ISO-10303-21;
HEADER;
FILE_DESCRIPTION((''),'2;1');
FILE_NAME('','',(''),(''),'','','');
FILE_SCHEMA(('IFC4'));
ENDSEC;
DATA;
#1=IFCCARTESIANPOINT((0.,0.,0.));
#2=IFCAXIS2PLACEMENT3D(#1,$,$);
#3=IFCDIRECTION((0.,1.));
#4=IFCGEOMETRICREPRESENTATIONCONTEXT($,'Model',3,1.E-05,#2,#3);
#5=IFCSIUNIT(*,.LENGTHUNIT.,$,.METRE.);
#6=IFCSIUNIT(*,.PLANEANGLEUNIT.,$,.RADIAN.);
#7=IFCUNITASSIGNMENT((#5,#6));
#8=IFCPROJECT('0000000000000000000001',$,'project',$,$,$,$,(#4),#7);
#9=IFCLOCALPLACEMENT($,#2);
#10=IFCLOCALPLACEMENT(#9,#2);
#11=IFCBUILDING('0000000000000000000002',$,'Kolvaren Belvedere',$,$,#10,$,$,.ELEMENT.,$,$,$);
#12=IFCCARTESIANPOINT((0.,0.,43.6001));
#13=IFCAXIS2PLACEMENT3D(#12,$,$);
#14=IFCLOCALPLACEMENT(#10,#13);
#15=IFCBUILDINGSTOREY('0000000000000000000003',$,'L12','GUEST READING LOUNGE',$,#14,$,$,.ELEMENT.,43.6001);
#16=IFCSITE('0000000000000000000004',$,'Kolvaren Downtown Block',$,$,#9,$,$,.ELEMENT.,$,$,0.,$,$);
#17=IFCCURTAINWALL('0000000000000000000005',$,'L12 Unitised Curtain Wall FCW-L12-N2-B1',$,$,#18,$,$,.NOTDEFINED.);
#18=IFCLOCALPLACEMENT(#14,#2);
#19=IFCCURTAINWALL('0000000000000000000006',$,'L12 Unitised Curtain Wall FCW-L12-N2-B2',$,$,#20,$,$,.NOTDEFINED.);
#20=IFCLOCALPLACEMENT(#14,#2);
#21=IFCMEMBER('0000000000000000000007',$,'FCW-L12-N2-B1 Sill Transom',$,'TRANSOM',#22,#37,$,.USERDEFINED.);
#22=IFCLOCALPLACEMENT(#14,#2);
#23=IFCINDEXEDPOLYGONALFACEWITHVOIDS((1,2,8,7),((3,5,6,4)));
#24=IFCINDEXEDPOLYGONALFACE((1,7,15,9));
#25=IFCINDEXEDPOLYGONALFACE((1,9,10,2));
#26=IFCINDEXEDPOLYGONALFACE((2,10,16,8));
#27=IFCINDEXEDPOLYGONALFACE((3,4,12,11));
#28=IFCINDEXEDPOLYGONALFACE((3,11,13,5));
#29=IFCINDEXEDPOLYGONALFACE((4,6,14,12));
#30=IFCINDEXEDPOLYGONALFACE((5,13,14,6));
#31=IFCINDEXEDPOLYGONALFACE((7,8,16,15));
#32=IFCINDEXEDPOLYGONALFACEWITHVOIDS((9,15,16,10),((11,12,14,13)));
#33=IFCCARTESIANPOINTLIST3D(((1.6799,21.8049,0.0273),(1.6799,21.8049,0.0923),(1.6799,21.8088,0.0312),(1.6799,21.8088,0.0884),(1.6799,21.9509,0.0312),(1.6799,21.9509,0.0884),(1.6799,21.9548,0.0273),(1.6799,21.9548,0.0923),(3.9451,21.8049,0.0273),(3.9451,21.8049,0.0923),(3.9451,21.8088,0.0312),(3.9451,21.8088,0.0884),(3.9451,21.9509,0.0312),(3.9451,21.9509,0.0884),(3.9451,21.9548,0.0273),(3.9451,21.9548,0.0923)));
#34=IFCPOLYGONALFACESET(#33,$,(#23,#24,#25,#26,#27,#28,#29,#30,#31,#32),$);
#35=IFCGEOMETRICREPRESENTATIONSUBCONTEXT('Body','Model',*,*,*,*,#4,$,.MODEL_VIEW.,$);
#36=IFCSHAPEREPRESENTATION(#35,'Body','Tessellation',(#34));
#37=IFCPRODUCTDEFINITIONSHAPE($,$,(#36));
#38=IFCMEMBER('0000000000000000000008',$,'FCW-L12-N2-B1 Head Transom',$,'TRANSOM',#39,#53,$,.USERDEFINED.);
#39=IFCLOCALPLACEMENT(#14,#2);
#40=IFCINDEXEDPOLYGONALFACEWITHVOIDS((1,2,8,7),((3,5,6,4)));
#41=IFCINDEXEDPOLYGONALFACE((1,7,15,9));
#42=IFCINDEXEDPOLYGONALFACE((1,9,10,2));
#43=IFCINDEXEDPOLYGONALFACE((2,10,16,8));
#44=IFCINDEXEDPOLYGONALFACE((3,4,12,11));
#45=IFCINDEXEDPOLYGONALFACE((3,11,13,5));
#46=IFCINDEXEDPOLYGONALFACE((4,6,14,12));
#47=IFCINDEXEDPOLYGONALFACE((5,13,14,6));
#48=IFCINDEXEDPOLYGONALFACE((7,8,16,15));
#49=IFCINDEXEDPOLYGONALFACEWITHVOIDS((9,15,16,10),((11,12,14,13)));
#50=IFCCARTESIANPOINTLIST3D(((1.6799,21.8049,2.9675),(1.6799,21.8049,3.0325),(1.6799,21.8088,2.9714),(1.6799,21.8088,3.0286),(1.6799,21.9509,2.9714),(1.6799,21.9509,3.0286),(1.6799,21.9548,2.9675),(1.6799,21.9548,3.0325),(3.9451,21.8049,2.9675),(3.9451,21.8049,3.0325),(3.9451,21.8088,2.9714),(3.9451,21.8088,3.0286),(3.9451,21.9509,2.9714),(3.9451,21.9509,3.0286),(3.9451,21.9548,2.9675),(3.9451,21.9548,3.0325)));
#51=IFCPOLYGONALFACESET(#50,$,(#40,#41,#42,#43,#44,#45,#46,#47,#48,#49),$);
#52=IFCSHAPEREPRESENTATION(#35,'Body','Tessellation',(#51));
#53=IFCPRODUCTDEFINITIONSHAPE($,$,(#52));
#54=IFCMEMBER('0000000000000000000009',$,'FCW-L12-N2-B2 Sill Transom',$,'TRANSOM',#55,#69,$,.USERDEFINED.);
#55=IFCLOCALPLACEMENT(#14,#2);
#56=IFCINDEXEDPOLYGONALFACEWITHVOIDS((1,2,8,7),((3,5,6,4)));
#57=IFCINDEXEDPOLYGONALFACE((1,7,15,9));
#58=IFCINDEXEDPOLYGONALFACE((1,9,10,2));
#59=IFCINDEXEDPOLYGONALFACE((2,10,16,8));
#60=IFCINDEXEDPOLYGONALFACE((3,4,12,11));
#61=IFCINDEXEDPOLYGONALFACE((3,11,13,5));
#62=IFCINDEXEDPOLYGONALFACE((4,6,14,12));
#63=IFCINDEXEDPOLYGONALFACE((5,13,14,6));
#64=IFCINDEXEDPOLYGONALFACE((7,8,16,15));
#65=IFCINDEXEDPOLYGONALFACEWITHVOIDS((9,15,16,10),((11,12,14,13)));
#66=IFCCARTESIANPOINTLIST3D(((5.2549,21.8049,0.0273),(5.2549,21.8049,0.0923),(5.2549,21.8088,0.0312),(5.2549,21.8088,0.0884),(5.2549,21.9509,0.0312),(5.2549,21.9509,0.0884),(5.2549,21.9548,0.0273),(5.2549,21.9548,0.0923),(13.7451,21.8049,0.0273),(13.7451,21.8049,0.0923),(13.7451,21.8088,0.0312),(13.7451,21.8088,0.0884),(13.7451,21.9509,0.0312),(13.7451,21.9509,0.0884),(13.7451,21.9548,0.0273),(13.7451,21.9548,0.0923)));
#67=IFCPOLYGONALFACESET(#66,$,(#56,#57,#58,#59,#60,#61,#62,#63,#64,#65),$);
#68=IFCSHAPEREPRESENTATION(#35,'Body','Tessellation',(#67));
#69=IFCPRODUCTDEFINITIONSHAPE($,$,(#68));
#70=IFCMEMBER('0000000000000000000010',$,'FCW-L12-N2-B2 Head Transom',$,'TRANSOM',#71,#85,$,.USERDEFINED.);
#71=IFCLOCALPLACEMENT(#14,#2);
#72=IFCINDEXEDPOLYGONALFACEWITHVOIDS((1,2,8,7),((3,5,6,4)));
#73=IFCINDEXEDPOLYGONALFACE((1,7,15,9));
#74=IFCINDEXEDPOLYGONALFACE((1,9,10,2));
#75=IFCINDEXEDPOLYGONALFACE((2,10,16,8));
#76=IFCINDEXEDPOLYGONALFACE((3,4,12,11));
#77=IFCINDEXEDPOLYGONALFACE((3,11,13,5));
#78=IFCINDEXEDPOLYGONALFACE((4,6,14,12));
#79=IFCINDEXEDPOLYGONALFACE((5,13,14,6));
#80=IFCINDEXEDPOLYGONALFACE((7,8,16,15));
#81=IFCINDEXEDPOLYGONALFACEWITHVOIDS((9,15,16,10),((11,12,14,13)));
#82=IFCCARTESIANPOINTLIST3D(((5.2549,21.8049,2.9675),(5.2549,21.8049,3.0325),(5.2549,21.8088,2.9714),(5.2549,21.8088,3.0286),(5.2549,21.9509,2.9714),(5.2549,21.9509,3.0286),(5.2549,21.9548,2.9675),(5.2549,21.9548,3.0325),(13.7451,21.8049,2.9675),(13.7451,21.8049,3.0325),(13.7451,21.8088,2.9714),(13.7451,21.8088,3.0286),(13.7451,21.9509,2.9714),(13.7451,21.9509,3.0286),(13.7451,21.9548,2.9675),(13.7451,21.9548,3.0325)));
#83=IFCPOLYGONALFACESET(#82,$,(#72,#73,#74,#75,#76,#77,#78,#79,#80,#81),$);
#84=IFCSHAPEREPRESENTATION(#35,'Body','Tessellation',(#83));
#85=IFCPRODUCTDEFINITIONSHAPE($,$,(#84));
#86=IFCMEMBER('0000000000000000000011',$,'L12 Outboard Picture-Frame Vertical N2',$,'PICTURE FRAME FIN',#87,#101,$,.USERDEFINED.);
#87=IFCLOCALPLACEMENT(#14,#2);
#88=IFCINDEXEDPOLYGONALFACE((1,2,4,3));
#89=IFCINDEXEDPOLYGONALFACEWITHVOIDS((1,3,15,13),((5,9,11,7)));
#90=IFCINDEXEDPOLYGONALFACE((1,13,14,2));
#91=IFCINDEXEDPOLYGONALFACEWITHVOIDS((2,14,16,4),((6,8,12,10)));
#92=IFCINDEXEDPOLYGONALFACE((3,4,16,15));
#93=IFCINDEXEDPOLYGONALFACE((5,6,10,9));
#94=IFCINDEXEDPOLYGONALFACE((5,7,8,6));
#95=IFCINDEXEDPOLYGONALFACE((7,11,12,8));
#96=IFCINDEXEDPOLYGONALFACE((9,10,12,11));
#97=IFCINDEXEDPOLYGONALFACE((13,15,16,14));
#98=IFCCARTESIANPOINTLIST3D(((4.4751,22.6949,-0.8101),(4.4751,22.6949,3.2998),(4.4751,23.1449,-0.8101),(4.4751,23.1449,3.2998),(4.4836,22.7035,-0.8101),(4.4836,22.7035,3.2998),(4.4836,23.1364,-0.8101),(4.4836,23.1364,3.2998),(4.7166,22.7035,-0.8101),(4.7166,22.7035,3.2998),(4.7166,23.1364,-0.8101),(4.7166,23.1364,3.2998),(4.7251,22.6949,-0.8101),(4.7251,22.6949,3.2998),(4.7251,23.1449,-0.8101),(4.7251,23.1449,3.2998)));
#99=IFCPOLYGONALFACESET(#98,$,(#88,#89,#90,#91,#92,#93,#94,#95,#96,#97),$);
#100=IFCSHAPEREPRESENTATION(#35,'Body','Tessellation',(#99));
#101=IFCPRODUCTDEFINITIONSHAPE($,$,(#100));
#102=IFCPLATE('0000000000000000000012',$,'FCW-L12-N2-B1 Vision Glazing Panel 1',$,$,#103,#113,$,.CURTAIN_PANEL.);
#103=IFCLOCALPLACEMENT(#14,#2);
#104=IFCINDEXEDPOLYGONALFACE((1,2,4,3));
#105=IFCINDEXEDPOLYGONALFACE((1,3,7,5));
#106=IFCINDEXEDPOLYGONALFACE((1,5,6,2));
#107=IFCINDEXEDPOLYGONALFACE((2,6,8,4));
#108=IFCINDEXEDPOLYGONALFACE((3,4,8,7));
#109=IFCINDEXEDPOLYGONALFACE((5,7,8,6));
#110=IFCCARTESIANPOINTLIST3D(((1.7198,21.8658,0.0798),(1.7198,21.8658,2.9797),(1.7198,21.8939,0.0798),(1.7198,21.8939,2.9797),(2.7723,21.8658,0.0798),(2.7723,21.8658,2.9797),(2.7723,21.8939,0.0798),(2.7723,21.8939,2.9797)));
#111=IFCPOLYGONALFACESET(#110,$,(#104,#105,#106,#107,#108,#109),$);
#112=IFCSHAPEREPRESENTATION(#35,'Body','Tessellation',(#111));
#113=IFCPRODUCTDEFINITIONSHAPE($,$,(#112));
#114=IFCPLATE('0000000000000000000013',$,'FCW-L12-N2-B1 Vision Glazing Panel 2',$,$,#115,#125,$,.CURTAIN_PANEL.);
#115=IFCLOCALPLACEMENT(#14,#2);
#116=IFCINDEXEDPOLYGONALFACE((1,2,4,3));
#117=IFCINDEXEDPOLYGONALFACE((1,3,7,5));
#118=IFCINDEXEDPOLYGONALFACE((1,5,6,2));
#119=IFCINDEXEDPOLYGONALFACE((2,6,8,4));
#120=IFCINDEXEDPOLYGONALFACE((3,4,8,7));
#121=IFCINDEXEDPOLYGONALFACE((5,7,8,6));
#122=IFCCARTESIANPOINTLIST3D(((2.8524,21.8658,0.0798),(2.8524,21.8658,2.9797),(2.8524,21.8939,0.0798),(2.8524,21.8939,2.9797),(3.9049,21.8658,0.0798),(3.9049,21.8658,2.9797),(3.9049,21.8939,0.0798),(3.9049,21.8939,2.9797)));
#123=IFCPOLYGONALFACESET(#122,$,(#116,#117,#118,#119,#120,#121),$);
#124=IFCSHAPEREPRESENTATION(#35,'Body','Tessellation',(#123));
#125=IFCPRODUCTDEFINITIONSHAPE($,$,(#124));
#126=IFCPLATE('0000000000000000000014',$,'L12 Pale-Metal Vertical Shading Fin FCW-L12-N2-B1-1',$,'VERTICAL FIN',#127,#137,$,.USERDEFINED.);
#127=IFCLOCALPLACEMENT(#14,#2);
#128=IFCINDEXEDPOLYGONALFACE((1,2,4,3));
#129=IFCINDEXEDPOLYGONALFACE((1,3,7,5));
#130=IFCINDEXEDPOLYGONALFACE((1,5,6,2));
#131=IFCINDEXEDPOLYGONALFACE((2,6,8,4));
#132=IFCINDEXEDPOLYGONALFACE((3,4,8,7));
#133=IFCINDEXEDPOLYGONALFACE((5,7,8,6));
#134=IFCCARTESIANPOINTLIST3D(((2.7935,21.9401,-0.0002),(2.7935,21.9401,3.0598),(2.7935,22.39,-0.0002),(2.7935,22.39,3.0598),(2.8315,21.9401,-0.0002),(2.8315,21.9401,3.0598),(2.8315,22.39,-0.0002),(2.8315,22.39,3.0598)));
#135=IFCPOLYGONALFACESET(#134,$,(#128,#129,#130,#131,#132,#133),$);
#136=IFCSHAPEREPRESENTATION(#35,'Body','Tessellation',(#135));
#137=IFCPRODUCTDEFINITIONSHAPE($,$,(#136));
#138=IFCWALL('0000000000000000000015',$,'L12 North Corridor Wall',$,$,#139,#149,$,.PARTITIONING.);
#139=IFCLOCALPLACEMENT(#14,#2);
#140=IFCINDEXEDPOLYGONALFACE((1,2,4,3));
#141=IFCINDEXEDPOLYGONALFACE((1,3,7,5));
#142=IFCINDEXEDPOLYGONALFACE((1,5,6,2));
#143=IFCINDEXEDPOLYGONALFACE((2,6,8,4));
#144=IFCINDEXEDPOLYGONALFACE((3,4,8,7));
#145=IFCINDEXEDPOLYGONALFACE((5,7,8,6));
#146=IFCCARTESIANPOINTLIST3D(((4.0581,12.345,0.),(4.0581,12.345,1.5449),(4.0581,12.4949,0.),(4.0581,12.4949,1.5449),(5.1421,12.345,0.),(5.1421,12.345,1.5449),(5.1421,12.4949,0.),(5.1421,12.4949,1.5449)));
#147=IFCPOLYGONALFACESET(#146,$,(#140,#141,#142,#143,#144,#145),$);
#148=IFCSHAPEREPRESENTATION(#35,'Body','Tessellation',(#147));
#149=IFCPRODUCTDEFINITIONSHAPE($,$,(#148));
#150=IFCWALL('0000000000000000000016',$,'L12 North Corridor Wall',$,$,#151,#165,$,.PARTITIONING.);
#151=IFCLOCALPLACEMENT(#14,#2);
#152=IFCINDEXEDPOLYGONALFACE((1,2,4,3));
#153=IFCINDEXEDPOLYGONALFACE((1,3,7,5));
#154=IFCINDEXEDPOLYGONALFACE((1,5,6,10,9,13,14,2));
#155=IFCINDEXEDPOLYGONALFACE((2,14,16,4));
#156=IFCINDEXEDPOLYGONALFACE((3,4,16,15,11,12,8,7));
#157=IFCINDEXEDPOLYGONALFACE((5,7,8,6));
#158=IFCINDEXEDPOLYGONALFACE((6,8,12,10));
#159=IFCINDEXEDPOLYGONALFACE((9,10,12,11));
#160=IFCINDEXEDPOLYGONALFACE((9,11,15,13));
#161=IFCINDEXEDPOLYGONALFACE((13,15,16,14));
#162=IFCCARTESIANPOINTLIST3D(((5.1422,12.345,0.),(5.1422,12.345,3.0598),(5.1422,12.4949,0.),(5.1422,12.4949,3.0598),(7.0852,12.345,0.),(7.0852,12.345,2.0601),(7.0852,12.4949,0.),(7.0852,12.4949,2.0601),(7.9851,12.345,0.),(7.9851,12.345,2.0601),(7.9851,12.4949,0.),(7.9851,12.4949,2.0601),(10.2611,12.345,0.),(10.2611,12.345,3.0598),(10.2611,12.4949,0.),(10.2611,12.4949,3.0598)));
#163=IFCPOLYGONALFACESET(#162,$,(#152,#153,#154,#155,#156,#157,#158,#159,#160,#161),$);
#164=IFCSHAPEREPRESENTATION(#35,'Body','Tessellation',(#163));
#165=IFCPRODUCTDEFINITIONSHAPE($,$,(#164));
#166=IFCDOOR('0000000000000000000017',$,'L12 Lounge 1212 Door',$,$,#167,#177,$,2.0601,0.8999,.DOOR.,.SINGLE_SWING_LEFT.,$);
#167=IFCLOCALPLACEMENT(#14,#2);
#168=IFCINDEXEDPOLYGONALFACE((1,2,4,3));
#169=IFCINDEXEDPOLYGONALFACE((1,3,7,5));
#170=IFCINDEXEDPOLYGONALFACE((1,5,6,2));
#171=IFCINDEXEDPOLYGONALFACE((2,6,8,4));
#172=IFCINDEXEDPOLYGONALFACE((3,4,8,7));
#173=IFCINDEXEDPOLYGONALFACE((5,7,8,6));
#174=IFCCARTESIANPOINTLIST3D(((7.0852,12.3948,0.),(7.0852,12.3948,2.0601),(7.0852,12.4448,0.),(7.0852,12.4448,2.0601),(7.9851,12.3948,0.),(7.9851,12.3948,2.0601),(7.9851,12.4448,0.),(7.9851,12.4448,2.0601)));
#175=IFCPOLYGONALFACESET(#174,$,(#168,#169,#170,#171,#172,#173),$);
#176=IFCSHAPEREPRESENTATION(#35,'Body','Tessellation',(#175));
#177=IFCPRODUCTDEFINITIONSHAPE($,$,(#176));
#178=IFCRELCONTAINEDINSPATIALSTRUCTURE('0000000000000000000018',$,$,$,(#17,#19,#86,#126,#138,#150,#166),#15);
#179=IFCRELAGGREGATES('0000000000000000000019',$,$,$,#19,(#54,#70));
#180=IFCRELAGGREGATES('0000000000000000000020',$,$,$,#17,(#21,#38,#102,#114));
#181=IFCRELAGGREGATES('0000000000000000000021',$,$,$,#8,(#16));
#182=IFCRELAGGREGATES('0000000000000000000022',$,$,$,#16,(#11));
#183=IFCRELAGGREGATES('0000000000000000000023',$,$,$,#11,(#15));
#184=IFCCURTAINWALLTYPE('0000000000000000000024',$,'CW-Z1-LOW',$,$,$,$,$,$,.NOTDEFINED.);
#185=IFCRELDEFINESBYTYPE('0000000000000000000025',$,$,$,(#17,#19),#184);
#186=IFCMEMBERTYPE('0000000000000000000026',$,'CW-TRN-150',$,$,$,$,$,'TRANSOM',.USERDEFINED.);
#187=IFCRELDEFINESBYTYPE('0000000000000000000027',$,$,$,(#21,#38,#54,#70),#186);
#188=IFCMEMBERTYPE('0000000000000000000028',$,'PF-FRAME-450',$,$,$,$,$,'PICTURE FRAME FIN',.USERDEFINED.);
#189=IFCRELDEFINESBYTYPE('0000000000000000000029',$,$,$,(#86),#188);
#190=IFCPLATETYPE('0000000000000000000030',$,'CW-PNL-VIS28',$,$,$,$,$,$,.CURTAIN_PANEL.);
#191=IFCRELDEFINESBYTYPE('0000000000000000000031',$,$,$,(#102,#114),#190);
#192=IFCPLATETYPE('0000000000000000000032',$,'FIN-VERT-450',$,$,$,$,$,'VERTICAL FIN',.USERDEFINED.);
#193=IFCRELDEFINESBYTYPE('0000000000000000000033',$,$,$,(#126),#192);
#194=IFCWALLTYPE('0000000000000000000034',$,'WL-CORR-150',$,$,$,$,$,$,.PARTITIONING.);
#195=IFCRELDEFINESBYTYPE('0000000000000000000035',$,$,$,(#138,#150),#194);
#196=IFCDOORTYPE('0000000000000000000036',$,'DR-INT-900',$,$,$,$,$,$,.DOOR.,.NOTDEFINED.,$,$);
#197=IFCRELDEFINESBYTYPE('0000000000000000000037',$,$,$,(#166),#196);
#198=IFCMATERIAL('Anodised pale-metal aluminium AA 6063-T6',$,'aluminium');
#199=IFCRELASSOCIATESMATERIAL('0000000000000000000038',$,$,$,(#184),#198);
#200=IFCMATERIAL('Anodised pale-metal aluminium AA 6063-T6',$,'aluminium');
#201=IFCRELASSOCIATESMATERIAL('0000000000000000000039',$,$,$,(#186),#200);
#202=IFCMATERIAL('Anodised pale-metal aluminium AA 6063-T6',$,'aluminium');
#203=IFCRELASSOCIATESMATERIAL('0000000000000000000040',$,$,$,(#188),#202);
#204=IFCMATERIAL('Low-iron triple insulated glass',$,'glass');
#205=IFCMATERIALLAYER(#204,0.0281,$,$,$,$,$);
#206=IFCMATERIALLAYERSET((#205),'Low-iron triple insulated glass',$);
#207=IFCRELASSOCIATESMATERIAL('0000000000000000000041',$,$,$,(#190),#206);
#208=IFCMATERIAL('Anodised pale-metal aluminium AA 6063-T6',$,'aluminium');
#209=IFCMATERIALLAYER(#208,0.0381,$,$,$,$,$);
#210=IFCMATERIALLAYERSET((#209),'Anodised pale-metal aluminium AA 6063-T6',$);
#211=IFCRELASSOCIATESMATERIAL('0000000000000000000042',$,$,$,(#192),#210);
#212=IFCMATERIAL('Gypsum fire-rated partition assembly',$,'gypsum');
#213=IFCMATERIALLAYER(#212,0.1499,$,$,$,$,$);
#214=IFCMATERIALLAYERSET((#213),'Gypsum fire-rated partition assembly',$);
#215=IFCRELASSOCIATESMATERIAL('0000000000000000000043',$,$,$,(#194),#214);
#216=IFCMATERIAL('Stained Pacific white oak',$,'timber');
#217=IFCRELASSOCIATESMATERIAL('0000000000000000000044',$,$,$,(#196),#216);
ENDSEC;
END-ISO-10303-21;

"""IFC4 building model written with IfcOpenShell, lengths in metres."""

from ifc_helpers import new_model, si_unit, direction, frame, frame_2d, origin, origin_2d, place, context, subcontext, project, spatial, rectangle, hollow_rectangle, extrude, material, layer, layer_set, material_profile, profile_set, type_object, element, fill, aggregate, save


model = new_model("IFC4")

# Units and contexts
model_context = context("Model", 3, precision=1e-05, world=origin(), true_north=direction((0.0, 1.0)))
body_context = subcontext(model_context, "Body", "Model", "MODEL_VIEW")
ifc_project = project(units=[si_unit("LENGTHUNIT", "METRE"), si_unit("PLANEANGLEUNIT", "RADIAN")], contexts=[model_context])

# Site, building, storey
site_placement = place(None, origin())
site = spatial("IfcSite", under=ifc_project, at=site_placement, Name="Kolvaren Downtown Block", CompositionType="ELEMENT", RefElevation=0.0)
building_placement = place(site_placement, origin())
building = spatial("IfcBuilding", under=site, at=building_placement, Name="Kolvaren Belvedere", CompositionType="ELEMENT")
storey_placement = place(building_placement, frame((0.0, 0.0, 43.6001)))
storey = spatial("IfcBuildingStorey", under=building, at=storey_placement, Name="L12", Description="GUEST READING LOUNGE", CompositionType="ELEMENT", Elevation=43.6001)

# Curtain wall
ifc_material_1 = material(Name="Anodised pale-metal aluminium AA 6063-T6", Category="aluminium")
curtain_wall_type = type_object("IfcCurtainWallType", Name="CW-Z1-LOW", PredefinedType="NOTDEFINED", material=ifc_material_1)
curtain_wall_1_placement = place(storey_placement, origin())
curtain_wall_1 = element("IfcCurtainWall", 1, at=curtain_wall_1_placement, inside=storey, type_object=curtain_wall_type, Name="L12 Unitised Curtain Wall FCW-L12-N2-B1", PredefinedType="NOTDEFINED")

# Curtain wall
curtain_wall_2_placement = place(storey_placement, origin())
curtain_wall_2 = element("IfcCurtainWall", 2, at=curtain_wall_2_placement, inside=storey, type_object=curtain_wall_type, Name="L12 Unitised Curtain Wall FCW-L12-N2-B2", PredefinedType="NOTDEFINED")

# Members
ifc_material_2 = material(Name="Anodised pale-metal aluminium AA 6063-T6", Category="aluminium")
ifc_material_profile_1 = material_profile(ifc_material_2, hollow_rectangle(XDim=0.0649, YDim=0.1499, WallThickness=0.0039, at=origin_2d()), Name="ALU-TRN-150X65")
ifc_profile_set_1 = profile_set([ifc_material_profile_1], Name="Anodised pale-metal aluminium AA 6063-T6")
member_type_1 = type_object("IfcMemberType", Name="CW-TRN-150", ElementType="TRANSOM", PredefinedType="USERDEFINED", material=ifc_profile_set_1)
member_1_placement = place(storey_placement, frame((1.6799, 21.8799, 0.0598), z_axis=(1.0, 0.0, 0.0), x_axis=(0.0, 0.0, 1.0)))
member_1 = element("IfcMember", 3, at=member_1_placement, type_object=member_type_1, Name="FCW-L12-N2-B1 Sill Transom", ObjectType="TRANSOM", PredefinedType="USERDEFINED", context=body_context, shape_type="SweptSolid", body=[
    extrude(hollow_rectangle(XDim=0.0649, YDim=0.1499, WallThickness=0.0039, at=origin_2d()), origin(), (0.0, 0.0, 1.0), 2.2651),
])
member_2_placement = place(storey_placement, frame((1.6799, 21.8799, 3.0), z_axis=(1.0, 0.0, 0.0), x_axis=(0.0, 0.0, 1.0)))
member_2 = element("IfcMember", 4, at=member_2_placement, type_object=member_type_1, Name="FCW-L12-N2-B1 Head Transom", ObjectType="TRANSOM", PredefinedType="USERDEFINED", context=body_context, shape_type="SweptSolid", body=[
    extrude(hollow_rectangle(XDim=0.0649, YDim=0.1499, WallThickness=0.0039, at=origin_2d()), origin(), (0.0, 0.0, 1.0), 2.2651),
])
member_3_placement = place(storey_placement, frame((5.2549, 21.8799, 0.0598), z_axis=(1.0, 0.0, 0.0), x_axis=(0.0, 0.0, 1.0)))
member_3 = element("IfcMember", 5, at=member_3_placement, type_object=member_type_1, Name="FCW-L12-N2-B2 Sill Transom", ObjectType="TRANSOM", PredefinedType="USERDEFINED", context=body_context, shape_type="SweptSolid", body=[
    extrude(hollow_rectangle(XDim=0.0649, YDim=0.1499, WallThickness=0.0039, at=origin_2d()), origin(), (0.0, 0.0, 1.0), 8.4902),
])
member_4_placement = place(storey_placement, frame((5.2549, 21.8799, 3.0), z_axis=(1.0, 0.0, 0.0), x_axis=(0.0, 0.0, 1.0)))
member_4 = element("IfcMember", 6, at=member_4_placement, type_object=member_type_1, Name="FCW-L12-N2-B2 Head Transom", ObjectType="TRANSOM", PredefinedType="USERDEFINED", context=body_context, shape_type="SweptSolid", body=[
    extrude(hollow_rectangle(XDim=0.0649, YDim=0.1499, WallThickness=0.0039, at=origin_2d()), origin(), (0.0, 0.0, 1.0), 8.4902),
])
aggregate(curtain_wall_2, [member_3, member_4])
ifc_material_3 = material(Name="Anodised pale-metal aluminium AA 6063-T6", Category="aluminium")
ifc_material_profile_2 = material_profile(ifc_material_3, hollow_rectangle(XDim=0.25, YDim=0.45, WallThickness=0.0085, at=origin_2d()), Name="ALU-PF-450X250")
ifc_profile_set_2 = profile_set([ifc_material_profile_2], Name="Anodised pale-metal aluminium AA 6063-T6")
member_type_2 = type_object("IfcMemberType", Name="PF-FRAME-450", ElementType="PICTURE FRAME FIN", PredefinedType="USERDEFINED", material=ifc_profile_set_2)
member_5_placement = place(storey_placement, frame((4.6001, 22.9199, -0.8101), z_axis=(0.0, 0.0, 1.0), x_axis=(1.0, 0.0, 0.0)))
element("IfcMember", 7, at=member_5_placement, inside=storey, type_object=member_type_2, Name="L12 Outboard Picture-Frame Vertical N2", ObjectType="PICTURE FRAME FIN", PredefinedType="USERDEFINED", context=body_context, shape_type="SweptSolid", body=[
    extrude(hollow_rectangle(XDim=0.25, YDim=0.45, WallThickness=0.0085, at=origin_2d()), origin(), (0.0, 0.0, 1.0), 4.1099),
])

# Plates
ifc_material_4 = material(Name="Low-iron triple insulated glass", Category="glass")
ifc_layer_1 = layer(ifc_material_4, 0.0281)
ifc_layer_set_1 = layer_set([ifc_layer_1], Name="Low-iron triple insulated glass")
plate_type_1 = type_object("IfcPlateType", Name="CW-PNL-VIS28", PredefinedType="CURTAIN_PANEL", material=ifc_layer_set_1)
plate_1_placement = place(storey_placement, frame((2.2461, 21.8799, 0.0798), z_axis=(0.0, 0.0, 1.0), x_axis=(1.0, 0.0, 0.0)))
plate_1 = element("IfcPlate", 8, at=plate_1_placement, type_object=plate_type_1, Name="FCW-L12-N2-B1 Vision Glazing Panel 1", PredefinedType="CURTAIN_PANEL", context=body_context, shape_type="SweptSolid", body=[
    extrude(rectangle(XDim=1.0525, YDim=0.0281, at=origin_2d()), origin(), (0.0, 0.0, 1.0), 2.8999),
])
plate_2_placement = place(storey_placement, frame((3.3787, 21.8799, 0.0798), z_axis=(0.0, 0.0, 1.0), x_axis=(1.0, 0.0, 0.0)))
plate_2 = element("IfcPlate", 9, at=plate_2_placement, type_object=plate_type_1, Name="FCW-L12-N2-B1 Vision Glazing Panel 2", PredefinedType="CURTAIN_PANEL", context=body_context, shape_type="SweptSolid", body=[
    extrude(rectangle(XDim=1.0525, YDim=0.0281, at=origin_2d()), origin(), (0.0, 0.0, 1.0), 2.8999),
])
aggregate(curtain_wall_1, [member_1, member_2, plate_1, plate_2])
ifc_material_5 = material(Name="Anodised pale-metal aluminium AA 6063-T6", Category="aluminium")
ifc_layer_2 = layer(ifc_material_5, 0.0381)
ifc_layer_set_2 = layer_set([ifc_layer_2], Name="Anodised pale-metal aluminium AA 6063-T6")
plate_type_2 = type_object("IfcPlateType", Name="FIN-VERT-450", ElementType="VERTICAL FIN", PredefinedType="USERDEFINED", material=ifc_layer_set_2)
plate_3_placement = place(storey_placement, frame((2.8125, 22.165, -0.0002), z_axis=(0.0, 0.0, 1.0), x_axis=(0.0, 1.0, 0.0)))
element("IfcPlate", 10, at=plate_3_placement, inside=storey, type_object=plate_type_2, Name="L12 Pale-Metal Vertical Shading Fin FCW-L12-N2-B1-1", ObjectType="VERTICAL FIN", PredefinedType="USERDEFINED", context=body_context, shape_type="SweptSolid", body=[
    extrude(rectangle(XDim=0.45, YDim=0.0381, at=origin_2d()), origin(), (0.0, 0.0, 1.0), 3.0601),
])

# Wall
ifc_material_6 = material(Name="Gypsum fire-rated partition assembly", Category="gypsum")
ifc_layer_3 = layer(ifc_material_6, 0.1499)
ifc_layer_set_3 = layer_set([ifc_layer_3], Name="Gypsum fire-rated partition assembly")
wall_type_1 = type_object("IfcWallType", Name="WL-CORR-150", PredefinedType="PARTITIONING", material=ifc_layer_set_3)
wall_1_placement = place(storey_placement, frame((4.0581, 12.4199, 0.0), z_axis=(0.0, 0.0, 1.0), x_axis=(1.0, 0.0, 0.0)))
element("IfcWall", 11, at=wall_1_placement, inside=storey, type_object=wall_type_1, Name="L12 North Corridor Wall", PredefinedType="PARTITIONING", context=body_context, shape_type="SweptSolid", body=[
    extrude(rectangle(XDim=1.084, YDim=0.1499, at=frame_2d((0.542, 0.0))), origin(), (0.0, 0.0, 1.0), 1.5449),
])

# Wall, opening, door
wall_2_placement = place(storey_placement, frame((5.1421, 12.4199, 0.0), z_axis=(0.0, 0.0, 1.0), x_axis=(1.0, 0.0, 0.0)))
wall_2 = element("IfcWall", 12, at=wall_2_placement, inside=storey, type_object=wall_type_1, Name="L12 North Corridor Wall", PredefinedType="PARTITIONING", context=body_context, shape_type="SweptSolid", body=[
    extrude(rectangle(XDim=5.1189, YDim=0.1499, at=frame_2d((2.5596, 0.0))), origin(), (0.0, 0.0, 1.0), 3.0598),
])
opening_placement = place(wall_2_placement, frame((1.9431, 0.0, 0.0)))
opening = element("IfcOpeningElement", 13, at=opening_placement, cuts=wall_2, PredefinedType="OPENING", context=body_context, shape_type="SweptSolid", body=[
    extrude(rectangle(XDim=0.8999, YDim=2.0601, at=frame_2d((0.45, 1.03))), frame((0.0, 0.085, 0.0), z_axis=(0.0, -1.0, 0.0), x_axis=(1.0, 0.0, 0.0)), (0.0, 0.0, 1.0), 0.1699),
])
ifc_material_7 = material(Name="Stained Pacific white oak", Category="timber")
door_type = type_object("IfcDoorType", Name="DR-INT-900", OperationType="NOTDEFINED", PredefinedType="DOOR", material=ifc_material_7)
door_placement = place(opening_placement, origin())
door = element("IfcDoor", 14, at=door_placement, inside=storey, type_object=door_type, Name="L12 Lounge 1212 Door", OperationType="SINGLE_SWING_LEFT", OverallHeight=2.0601, OverallWidth=0.8999, PredefinedType="DOOR", context=body_context, shape_type="SweptSolid", body=[
    extrude(rectangle(XDim=0.8999, YDim=2.0601, at=frame_2d((0.45, 1.03))), frame((0.0, 0.0249, 0.0), z_axis=(0.0, -1.0, 0.0), x_axis=(1.0, 0.0, 0.0)), (0.0, 0.0, 1.0), 0.05),
])
fill(opening, door)

save(model, "model.ifc")
